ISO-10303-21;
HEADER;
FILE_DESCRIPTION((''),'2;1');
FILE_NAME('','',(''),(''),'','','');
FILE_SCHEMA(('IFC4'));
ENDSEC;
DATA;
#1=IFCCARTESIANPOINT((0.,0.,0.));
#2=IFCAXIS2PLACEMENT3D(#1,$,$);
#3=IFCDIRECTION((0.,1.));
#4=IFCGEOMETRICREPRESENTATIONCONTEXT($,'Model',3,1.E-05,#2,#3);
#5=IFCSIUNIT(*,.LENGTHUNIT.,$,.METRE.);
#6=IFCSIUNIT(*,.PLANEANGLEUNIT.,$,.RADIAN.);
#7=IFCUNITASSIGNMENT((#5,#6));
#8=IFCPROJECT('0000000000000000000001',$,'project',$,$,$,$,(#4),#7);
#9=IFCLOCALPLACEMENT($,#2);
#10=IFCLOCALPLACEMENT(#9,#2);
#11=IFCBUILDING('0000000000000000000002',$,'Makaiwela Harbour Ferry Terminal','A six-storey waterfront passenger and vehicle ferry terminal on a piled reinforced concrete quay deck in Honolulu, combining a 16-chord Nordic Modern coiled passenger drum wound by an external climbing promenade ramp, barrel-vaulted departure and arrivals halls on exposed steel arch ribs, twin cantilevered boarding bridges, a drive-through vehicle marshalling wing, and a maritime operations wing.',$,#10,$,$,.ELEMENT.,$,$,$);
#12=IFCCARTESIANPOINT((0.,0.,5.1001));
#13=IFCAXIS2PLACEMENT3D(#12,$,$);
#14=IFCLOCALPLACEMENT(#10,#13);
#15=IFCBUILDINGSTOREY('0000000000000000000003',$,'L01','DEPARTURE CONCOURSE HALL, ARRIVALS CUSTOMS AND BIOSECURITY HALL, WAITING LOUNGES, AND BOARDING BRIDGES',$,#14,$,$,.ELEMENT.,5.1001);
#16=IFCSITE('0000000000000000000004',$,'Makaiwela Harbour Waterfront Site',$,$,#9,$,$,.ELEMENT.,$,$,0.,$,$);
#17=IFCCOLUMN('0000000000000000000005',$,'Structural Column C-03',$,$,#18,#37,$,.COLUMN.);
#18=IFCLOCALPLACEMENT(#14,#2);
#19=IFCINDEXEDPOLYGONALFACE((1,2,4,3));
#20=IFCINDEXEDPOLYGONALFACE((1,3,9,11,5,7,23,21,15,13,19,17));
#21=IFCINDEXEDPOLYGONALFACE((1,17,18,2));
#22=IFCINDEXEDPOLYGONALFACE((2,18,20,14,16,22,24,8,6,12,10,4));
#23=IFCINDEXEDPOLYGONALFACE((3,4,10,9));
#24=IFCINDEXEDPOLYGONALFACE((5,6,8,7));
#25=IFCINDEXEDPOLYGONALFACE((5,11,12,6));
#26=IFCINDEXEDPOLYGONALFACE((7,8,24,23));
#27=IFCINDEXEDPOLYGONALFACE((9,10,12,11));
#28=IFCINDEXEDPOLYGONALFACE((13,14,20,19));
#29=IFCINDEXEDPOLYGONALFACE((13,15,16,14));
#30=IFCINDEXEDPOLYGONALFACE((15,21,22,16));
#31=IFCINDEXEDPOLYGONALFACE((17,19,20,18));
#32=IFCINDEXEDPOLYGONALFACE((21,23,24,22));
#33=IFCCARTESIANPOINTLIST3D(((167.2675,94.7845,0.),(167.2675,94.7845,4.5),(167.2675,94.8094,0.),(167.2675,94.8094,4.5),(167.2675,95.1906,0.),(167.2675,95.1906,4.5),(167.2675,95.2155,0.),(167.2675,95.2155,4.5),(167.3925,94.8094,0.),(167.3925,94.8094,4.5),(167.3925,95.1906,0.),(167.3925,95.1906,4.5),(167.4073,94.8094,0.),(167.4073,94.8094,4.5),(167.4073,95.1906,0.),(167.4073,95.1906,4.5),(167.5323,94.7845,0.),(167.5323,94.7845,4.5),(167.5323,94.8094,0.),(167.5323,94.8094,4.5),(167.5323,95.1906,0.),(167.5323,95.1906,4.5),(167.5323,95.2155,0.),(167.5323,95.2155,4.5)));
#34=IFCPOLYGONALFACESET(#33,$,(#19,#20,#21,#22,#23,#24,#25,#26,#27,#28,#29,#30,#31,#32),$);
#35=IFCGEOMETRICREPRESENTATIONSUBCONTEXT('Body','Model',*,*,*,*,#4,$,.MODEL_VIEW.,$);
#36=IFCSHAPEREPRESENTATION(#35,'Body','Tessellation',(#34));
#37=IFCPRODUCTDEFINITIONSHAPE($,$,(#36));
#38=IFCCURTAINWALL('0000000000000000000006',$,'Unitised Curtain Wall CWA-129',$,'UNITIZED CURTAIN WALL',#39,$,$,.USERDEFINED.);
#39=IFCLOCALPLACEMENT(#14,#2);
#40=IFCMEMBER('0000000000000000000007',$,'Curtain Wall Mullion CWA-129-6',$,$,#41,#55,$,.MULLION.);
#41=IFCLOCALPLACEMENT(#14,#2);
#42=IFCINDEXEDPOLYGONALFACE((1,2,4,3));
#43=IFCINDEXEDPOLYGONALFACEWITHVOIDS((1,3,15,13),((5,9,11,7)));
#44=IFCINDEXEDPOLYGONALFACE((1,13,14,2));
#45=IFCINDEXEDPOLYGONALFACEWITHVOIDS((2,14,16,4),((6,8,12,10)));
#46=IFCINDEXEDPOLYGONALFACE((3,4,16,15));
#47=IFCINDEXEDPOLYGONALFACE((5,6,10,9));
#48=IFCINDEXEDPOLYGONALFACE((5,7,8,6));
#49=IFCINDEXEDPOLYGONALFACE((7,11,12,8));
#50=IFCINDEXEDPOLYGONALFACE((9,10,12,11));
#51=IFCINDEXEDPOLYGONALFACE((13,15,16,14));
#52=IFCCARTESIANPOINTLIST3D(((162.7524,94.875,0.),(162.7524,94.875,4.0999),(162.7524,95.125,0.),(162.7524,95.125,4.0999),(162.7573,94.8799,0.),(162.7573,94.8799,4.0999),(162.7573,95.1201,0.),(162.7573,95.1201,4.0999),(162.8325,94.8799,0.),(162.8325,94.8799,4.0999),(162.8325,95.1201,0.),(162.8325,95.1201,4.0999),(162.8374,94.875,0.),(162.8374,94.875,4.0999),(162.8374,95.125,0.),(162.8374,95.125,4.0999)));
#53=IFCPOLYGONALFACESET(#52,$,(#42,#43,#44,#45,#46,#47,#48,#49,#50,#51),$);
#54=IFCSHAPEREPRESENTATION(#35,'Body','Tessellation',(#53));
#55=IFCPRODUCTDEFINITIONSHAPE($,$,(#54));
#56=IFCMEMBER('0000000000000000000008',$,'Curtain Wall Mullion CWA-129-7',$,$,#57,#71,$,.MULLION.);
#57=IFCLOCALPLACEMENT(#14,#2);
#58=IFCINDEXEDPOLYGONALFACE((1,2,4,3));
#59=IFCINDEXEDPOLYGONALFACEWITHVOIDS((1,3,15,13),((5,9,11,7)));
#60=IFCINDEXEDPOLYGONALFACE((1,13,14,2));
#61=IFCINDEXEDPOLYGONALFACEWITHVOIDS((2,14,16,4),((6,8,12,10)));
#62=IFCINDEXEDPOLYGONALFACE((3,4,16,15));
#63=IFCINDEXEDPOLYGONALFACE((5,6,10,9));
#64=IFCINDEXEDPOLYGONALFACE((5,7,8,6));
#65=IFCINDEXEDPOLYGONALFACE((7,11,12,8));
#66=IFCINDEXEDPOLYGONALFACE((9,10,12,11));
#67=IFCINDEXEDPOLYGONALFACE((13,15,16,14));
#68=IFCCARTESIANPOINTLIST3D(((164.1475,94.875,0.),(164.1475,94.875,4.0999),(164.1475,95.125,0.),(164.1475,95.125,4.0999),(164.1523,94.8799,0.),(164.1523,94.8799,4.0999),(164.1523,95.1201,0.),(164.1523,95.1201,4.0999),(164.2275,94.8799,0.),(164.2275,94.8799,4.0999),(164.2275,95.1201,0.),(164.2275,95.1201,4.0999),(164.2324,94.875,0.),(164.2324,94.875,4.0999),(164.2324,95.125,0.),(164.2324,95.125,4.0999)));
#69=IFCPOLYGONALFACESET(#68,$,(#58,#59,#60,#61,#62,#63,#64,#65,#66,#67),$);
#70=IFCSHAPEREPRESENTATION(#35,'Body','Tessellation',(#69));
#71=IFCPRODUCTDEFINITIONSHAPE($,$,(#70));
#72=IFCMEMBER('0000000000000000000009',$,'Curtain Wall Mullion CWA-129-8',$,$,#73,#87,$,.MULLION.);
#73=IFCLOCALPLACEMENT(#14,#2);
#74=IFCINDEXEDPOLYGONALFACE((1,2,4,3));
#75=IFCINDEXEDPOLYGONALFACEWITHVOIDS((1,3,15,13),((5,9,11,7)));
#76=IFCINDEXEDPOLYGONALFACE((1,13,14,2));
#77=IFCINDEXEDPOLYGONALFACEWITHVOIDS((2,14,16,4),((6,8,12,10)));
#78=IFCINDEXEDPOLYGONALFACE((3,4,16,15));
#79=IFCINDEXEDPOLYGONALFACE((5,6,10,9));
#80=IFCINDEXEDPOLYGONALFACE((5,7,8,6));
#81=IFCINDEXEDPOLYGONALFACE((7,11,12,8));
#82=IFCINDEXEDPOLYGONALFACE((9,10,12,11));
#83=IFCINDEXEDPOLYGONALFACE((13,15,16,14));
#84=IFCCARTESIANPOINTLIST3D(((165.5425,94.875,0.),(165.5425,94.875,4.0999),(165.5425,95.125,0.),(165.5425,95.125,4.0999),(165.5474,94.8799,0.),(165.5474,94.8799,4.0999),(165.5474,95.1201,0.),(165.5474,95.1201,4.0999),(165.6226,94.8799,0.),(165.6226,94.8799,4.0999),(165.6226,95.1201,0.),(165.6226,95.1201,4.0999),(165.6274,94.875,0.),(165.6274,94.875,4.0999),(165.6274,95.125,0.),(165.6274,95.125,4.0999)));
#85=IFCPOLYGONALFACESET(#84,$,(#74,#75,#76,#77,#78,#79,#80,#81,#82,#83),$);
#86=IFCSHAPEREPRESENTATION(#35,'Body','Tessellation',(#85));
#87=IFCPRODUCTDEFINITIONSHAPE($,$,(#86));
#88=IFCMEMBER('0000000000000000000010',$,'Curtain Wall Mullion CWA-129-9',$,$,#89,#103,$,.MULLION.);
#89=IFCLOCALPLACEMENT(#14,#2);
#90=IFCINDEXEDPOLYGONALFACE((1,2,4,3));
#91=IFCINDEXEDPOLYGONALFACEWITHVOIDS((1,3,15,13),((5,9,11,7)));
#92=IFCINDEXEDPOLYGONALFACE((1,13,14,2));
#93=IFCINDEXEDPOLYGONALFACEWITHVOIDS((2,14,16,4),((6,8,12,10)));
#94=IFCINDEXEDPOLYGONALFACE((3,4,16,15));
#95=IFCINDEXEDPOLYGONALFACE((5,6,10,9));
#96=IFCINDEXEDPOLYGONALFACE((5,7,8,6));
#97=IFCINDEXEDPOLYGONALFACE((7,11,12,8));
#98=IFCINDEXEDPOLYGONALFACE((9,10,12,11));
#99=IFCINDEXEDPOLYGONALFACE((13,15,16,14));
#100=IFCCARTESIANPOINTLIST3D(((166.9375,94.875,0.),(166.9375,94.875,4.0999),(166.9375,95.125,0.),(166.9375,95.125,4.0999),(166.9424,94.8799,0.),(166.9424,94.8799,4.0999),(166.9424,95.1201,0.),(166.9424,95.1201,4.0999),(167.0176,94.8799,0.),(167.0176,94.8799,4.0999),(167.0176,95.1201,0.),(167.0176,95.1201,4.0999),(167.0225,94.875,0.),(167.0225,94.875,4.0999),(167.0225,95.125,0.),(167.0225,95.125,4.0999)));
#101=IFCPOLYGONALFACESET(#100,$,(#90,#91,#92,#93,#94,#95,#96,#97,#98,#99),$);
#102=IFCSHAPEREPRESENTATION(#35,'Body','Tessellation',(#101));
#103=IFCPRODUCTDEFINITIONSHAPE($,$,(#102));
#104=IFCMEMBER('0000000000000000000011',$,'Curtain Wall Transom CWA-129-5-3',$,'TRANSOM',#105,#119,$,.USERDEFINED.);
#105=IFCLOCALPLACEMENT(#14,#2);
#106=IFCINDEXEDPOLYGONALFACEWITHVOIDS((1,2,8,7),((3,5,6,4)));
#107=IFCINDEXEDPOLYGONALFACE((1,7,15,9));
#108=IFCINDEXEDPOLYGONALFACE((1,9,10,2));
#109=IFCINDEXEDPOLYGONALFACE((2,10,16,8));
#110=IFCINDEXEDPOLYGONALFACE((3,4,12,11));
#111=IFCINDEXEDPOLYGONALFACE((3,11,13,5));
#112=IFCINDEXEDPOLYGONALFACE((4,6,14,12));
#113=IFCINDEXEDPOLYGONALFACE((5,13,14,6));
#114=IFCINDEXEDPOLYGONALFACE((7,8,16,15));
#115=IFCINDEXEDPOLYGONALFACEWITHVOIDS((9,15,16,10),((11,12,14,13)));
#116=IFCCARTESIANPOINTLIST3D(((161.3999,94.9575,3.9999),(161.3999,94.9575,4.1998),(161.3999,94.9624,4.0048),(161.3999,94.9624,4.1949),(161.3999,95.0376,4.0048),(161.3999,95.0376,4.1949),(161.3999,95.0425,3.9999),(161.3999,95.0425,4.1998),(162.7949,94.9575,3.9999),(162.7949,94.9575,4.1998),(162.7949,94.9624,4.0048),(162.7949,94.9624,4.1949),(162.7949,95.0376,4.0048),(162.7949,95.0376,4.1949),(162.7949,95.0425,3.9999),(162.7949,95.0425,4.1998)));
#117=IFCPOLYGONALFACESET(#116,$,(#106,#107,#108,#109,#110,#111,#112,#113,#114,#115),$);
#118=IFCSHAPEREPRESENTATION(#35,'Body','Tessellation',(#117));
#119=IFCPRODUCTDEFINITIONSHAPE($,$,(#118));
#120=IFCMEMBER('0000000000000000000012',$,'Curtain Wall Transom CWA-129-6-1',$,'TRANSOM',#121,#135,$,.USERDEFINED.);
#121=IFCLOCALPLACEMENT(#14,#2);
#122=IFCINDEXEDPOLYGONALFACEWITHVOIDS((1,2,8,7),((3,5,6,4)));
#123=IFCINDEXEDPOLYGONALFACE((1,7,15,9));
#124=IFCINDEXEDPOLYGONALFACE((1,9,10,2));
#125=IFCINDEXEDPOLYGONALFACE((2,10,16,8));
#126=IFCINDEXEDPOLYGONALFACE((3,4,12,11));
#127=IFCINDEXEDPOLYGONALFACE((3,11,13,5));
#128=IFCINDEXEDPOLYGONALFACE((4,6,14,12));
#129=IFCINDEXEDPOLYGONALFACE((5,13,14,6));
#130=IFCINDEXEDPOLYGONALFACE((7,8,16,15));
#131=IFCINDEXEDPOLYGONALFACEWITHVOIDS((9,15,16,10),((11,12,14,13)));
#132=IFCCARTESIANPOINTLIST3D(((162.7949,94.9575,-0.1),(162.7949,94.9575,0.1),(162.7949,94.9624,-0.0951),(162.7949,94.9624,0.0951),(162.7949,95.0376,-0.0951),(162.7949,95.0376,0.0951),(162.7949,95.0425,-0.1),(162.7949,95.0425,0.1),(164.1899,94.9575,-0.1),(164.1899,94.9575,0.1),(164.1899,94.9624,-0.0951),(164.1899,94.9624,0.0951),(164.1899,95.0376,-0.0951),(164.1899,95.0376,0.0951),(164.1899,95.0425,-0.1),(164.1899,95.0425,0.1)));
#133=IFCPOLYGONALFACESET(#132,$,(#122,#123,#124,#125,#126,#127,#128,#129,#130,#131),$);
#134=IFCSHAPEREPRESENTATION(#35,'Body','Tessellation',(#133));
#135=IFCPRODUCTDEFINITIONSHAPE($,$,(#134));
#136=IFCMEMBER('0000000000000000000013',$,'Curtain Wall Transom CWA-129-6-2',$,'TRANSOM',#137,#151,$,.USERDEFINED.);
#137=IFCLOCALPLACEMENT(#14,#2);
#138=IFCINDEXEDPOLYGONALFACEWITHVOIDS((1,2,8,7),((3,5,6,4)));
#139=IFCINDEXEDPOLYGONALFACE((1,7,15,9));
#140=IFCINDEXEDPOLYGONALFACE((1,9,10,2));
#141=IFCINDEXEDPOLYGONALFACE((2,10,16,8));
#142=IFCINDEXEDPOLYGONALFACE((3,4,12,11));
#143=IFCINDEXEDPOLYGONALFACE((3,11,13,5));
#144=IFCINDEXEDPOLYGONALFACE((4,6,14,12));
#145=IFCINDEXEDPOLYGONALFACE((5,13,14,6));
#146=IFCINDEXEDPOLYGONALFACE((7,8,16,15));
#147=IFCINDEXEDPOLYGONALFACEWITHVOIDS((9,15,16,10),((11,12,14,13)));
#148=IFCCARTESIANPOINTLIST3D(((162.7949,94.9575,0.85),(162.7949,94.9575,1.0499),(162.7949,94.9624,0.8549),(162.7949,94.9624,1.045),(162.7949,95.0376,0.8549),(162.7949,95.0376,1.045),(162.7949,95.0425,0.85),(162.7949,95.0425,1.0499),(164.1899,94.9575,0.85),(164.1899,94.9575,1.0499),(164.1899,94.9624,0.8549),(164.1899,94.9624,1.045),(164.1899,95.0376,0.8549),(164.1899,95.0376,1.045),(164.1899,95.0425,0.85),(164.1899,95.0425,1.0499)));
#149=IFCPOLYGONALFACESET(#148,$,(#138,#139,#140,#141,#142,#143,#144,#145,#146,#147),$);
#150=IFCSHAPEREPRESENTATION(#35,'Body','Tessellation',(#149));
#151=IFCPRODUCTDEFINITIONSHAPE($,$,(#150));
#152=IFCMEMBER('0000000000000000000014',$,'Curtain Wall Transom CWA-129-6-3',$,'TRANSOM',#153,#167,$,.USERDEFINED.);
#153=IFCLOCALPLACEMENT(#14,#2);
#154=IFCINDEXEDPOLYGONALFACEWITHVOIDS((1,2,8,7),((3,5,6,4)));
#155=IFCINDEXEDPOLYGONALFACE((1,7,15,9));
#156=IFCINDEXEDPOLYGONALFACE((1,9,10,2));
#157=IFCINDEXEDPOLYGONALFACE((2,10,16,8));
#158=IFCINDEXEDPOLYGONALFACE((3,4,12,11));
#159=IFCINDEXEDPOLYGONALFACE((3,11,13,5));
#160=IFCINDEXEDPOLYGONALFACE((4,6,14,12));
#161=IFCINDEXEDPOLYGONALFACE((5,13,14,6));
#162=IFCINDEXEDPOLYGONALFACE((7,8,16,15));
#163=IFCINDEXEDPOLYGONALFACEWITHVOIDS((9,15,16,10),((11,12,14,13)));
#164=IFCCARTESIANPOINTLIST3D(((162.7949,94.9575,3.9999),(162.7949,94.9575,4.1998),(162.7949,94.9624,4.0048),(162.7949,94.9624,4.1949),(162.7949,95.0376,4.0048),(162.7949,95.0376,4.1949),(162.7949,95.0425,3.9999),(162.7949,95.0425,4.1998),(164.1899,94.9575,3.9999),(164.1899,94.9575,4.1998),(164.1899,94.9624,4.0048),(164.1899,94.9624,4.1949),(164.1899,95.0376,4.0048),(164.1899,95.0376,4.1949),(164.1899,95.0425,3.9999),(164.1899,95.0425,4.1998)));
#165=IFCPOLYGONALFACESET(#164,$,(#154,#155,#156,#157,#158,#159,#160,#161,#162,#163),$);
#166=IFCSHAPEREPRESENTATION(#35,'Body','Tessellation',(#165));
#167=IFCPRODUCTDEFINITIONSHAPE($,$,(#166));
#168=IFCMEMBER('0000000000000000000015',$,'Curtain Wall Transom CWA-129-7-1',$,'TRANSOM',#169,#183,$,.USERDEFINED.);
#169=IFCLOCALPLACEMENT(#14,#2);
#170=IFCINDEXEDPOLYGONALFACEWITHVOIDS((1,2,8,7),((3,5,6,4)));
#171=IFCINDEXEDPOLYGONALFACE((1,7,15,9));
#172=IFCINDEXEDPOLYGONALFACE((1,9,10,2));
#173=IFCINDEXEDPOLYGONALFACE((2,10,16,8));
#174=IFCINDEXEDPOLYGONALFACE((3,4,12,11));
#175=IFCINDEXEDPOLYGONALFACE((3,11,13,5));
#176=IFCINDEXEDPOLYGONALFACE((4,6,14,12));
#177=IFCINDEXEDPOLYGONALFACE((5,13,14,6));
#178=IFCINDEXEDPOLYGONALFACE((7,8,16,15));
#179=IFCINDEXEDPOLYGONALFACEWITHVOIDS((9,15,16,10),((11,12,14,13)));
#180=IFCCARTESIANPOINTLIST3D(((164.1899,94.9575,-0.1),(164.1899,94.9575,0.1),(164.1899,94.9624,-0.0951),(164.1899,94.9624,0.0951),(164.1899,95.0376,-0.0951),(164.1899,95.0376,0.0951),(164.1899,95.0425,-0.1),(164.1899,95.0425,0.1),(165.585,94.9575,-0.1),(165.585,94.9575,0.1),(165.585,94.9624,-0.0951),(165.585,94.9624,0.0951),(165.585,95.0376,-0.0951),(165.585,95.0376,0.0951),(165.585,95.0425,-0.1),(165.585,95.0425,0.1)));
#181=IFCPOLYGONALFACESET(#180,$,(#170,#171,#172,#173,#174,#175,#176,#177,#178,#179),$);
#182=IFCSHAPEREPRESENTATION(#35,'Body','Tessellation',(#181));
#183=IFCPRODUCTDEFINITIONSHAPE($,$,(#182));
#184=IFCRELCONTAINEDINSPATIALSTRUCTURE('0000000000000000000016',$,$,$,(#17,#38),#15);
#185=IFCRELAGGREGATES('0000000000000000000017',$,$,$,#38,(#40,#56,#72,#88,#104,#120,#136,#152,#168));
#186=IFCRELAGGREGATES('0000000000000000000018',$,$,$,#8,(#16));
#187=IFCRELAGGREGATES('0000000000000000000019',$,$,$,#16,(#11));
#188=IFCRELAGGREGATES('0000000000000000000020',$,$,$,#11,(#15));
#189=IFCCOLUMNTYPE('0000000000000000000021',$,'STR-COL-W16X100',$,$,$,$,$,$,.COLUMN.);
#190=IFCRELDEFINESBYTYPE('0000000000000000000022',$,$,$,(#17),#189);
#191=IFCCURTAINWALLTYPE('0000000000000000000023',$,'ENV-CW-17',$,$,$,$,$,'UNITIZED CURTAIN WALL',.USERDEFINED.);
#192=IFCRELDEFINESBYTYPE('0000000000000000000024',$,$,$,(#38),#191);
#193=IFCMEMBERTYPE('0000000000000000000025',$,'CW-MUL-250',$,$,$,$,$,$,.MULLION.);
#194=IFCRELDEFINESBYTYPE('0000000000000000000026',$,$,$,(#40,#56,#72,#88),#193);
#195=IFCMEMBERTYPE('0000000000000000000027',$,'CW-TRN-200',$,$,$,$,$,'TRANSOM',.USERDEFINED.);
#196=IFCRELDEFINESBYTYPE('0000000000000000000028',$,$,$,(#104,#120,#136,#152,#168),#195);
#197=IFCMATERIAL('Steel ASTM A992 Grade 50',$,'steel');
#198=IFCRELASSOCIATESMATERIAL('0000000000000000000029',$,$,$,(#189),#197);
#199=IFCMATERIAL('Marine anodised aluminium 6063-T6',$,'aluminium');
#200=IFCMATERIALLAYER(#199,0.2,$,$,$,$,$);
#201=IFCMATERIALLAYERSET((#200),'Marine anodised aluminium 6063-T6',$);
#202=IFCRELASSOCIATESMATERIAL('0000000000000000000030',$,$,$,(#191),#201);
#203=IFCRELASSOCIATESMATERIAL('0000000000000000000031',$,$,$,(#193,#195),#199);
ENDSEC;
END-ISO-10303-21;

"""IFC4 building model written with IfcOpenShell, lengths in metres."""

from ifc_helpers import new_model, si_unit, direction, frame, origin, origin_2d, place, context, subcontext, project, spatial, hollow_rectangle, i_section, extrude, material, layer, layer_set, material_profile, profile_set, type_object, element, aggregate, save


model = new_model("IFC4")

# Units and contexts
model_context = context("Model", 3, precision=1e-05, world=origin(), true_north=direction((0.0, 1.0)))
body_context = subcontext(model_context, "Body", "Model", "MODEL_VIEW")
ifc_project = project(units=[si_unit("LENGTHUNIT", "METRE"), si_unit("PLANEANGLEUNIT", "RADIAN")], contexts=[model_context])

# Site, building, storey
site_placement = place(None, origin())
site = spatial("IfcSite", under=ifc_project, at=site_placement, Name="Makaiwela Harbour Waterfront Site", CompositionType="ELEMENT", RefElevation=0.0)
building_placement = place(site_placement, origin())
building = spatial("IfcBuilding", under=site, at=building_placement, Name="Makaiwela Harbour Ferry Terminal", Description="A six-storey waterfront passenger and vehicle ferry terminal on a piled reinforced concrete quay deck in Honolulu, combining a 16-chord Nordic Modern coiled passenger drum wound by an external climbing promenade ramp, barrel-vaulted departure and arrivals halls on exposed steel arch ribs, twin cantilevered boarding bridges, a drive-through vehicle marshalling wing, and a maritime operations wing.", CompositionType="ELEMENT")
storey_placement = place(building_placement, frame((0.0, 0.0, 5.1001)))
storey = spatial("IfcBuildingStorey", under=building, at=storey_placement, Name="L01", Description="DEPARTURE CONCOURSE HALL, ARRIVALS CUSTOMS AND BIOSECURITY HALL, WAITING LOUNGES, AND BOARDING BRIDGES", CompositionType="ELEMENT", Elevation=5.1001)

# Column
ifc_material_1 = material(Name="Steel ASTM A992 Grade 50", Category="steel")
ifc_material_profile_1 = material_profile(ifc_material_1, i_section(OverallWidth=0.2649, OverallDepth=0.4309, WebThickness=0.0149, FlangeThickness=0.0249, at=origin_2d()), Name="W16X100")
ifc_profile_set_1 = profile_set([ifc_material_profile_1], Name="Steel ASTM A992 Grade 50")
column_type = type_object("IfcColumnType", Name="STR-COL-W16X100", PredefinedType="COLUMN", material=ifc_profile_set_1)
column_placement = place(storey_placement, frame((167.3999, 95.0, 0.0), z_axis=(0.0, 0.0, 1.0), x_axis=(1.0, 0.0, 0.0)))
element("IfcColumn", 1, at=column_placement, inside=storey, type_object=column_type, Name="Structural Column C-03", PredefinedType="COLUMN", context=body_context, shape_type="SweptSolid", body=[
    extrude(i_section(OverallWidth=0.2649, OverallDepth=0.4309, WebThickness=0.0149, FlangeThickness=0.0249, at=origin_2d()), origin(), (0.0, 0.0, 1.0), 4.5),
])

# Curtain wall, members
ifc_material_2 = material(Name="Marine anodised aluminium 6063-T6", Category="aluminium")
ifc_layer_1 = layer(ifc_material_2, 0.2)
ifc_layer_set_1 = layer_set([ifc_layer_1], Name="Marine anodised aluminium 6063-T6")
curtain_wall_type = type_object("IfcCurtainWallType", Name="ENV-CW-17", ElementType="UNITIZED CURTAIN WALL", PredefinedType="USERDEFINED", material=ifc_layer_set_1)
curtain_wall_placement = place(storey_placement, origin())
curtain_wall = element("IfcCurtainWall", 2, at=curtain_wall_placement, inside=storey, type_object=curtain_wall_type, Name="Unitised Curtain Wall CWA-129", ObjectType="UNITIZED CURTAIN WALL", PredefinedType="USERDEFINED")
ifc_material_profile_2 = material_profile(ifc_material_2, hollow_rectangle(XDim=0.085, YDim=0.25, WallThickness=0.0049, at=origin_2d()), Name="CWM-250X85")
ifc_profile_set_2 = profile_set([ifc_material_profile_2], Name="Marine anodised aluminium 6063-T6")
member_type_1 = type_object("IfcMemberType", Name="CW-MUL-250", PredefinedType="MULLION", material=ifc_profile_set_2)
member_1_placement = place(storey_placement, frame((162.7949, 95.0, 0.0), z_axis=(0.0, 0.0, 1.0), x_axis=(1.0, 0.0, 0.0)))
member_1 = element("IfcMember", 3, at=member_1_placement, type_object=member_type_1, Name="Curtain Wall Mullion CWA-129-6", PredefinedType="MULLION", context=body_context, shape_type="SweptSolid", body=[
    extrude(hollow_rectangle(XDim=0.085, YDim=0.25, WallThickness=0.0049, at=origin_2d()), origin(), (0.0, 0.0, 1.0), 4.0999),
])
member_2_placement = place(storey_placement, frame((164.1899, 95.0, 0.0), z_axis=(0.0, 0.0, 1.0), x_axis=(1.0, 0.0, 0.0)))
member_2 = element("IfcMember", 4, at=member_2_placement, type_object=member_type_1, Name="Curtain Wall Mullion CWA-129-7", PredefinedType="MULLION", context=body_context, shape_type="SweptSolid", body=[
    extrude(hollow_rectangle(XDim=0.085, YDim=0.25, WallThickness=0.0049, at=origin_2d()), origin(), (0.0, 0.0, 1.0), 4.0999),
])
member_3_placement = place(storey_placement, frame((165.585, 95.0, 0.0), z_axis=(0.0, 0.0, 1.0), x_axis=(1.0, 0.0, 0.0)))
member_3 = element("IfcMember", 5, at=member_3_placement, type_object=member_type_1, Name="Curtain Wall Mullion CWA-129-8", PredefinedType="MULLION", context=body_context, shape_type="SweptSolid", body=[
    extrude(hollow_rectangle(XDim=0.085, YDim=0.25, WallThickness=0.0049, at=origin_2d()), origin(), (0.0, 0.0, 1.0), 4.0999),
])
member_4_placement = place(storey_placement, frame((166.98, 95.0, 0.0), z_axis=(0.0, 0.0, 1.0), x_axis=(1.0, 0.0, 0.0)))
member_4 = element("IfcMember", 6, at=member_4_placement, type_object=member_type_1, Name="Curtain Wall Mullion CWA-129-9", PredefinedType="MULLION", context=body_context, shape_type="SweptSolid", body=[
    extrude(hollow_rectangle(XDim=0.085, YDim=0.25, WallThickness=0.0049, at=origin_2d()), origin(), (0.0, 0.0, 1.0), 4.0999),
])
ifc_material_profile_3 = material_profile(ifc_material_2, hollow_rectangle(XDim=0.085, YDim=0.2, WallThickness=0.0049, at=origin_2d()), Name="CWT-200X85")
ifc_profile_set_3 = profile_set([ifc_material_profile_3], Name="Marine anodised aluminium 6063-T6")
member_type_2 = type_object("IfcMemberType", Name="CW-TRN-200", ElementType="TRANSOM", PredefinedType="USERDEFINED", material=ifc_profile_set_3)
member_5_placement = place(storey_placement, frame((161.3999, 95.0, 4.0999), z_axis=(1.0, 0.0, 0.0), x_axis=(0.0, 1.0, 0.0)))
member_5 = element("IfcMember", 7, at=member_5_placement, type_object=member_type_2, Name="Curtain Wall Transom CWA-129-5-3", ObjectType="TRANSOM", PredefinedType="USERDEFINED", context=body_context, shape_type="SweptSolid", body=[
    extrude(hollow_rectangle(XDim=0.085, YDim=0.2, WallThickness=0.0049, at=origin_2d()), origin(), (0.0, 0.0, 1.0), 1.395),
])
member_6_placement = place(storey_placement, frame((162.7949, 95.0, 0.0), z_axis=(1.0, 0.0, 0.0), x_axis=(0.0, 1.0, 0.0)))
member_6 = element("IfcMember", 8, at=member_6_placement, type_object=member_type_2, Name="Curtain Wall Transom CWA-129-6-1", ObjectType="TRANSOM", PredefinedType="USERDEFINED", context=body_context, shape_type="SweptSolid", body=[
    extrude(hollow_rectangle(XDim=0.085, YDim=0.2, WallThickness=0.0049, at=origin_2d()), origin(), (0.0, 0.0, 1.0), 1.395),
])
member_7_placement = place(storey_placement, frame((162.7949, 95.0, 0.95), z_axis=(1.0, 0.0, 0.0), x_axis=(0.0, 1.0, 0.0)))
member_7 = element("IfcMember", 9, at=member_7_placement, type_object=member_type_2, Name="Curtain Wall Transom CWA-129-6-2", ObjectType="TRANSOM", PredefinedType="USERDEFINED", context=body_context, shape_type="SweptSolid", body=[
    extrude(hollow_rectangle(XDim=0.085, YDim=0.2, WallThickness=0.0049, at=origin_2d()), origin(), (0.0, 0.0, 1.0), 1.395),
])
member_8_placement = place(storey_placement, frame((162.7949, 95.0, 4.0999), z_axis=(1.0, 0.0, 0.0), x_axis=(0.0, 1.0, 0.0)))
member_8 = element("IfcMember", 10, at=member_8_placement, type_object=member_type_2, Name="Curtain Wall Transom CWA-129-6-3", ObjectType="TRANSOM", PredefinedType="USERDEFINED", context=body_context, shape_type="SweptSolid", body=[
    extrude(hollow_rectangle(XDim=0.085, YDim=0.2, WallThickness=0.0049, at=origin_2d()), origin(), (0.0, 0.0, 1.0), 1.395),
])
member_9_placement = place(storey_placement, frame((164.1899, 95.0, 0.0), z_axis=(1.0, 0.0, 0.0), x_axis=(0.0, 1.0, 0.0)))
member_9 = element("IfcMember", 11, at=member_9_placement, type_object=member_type_2, Name="Curtain Wall Transom CWA-129-7-1", ObjectType="TRANSOM", PredefinedType="USERDEFINED", context=body_context, shape_type="SweptSolid", body=[
    extrude(hollow_rectangle(XDim=0.085, YDim=0.2, WallThickness=0.0049, at=origin_2d()), origin(), (0.0, 0.0, 1.0), 1.395),
])

aggregate(curtain_wall, [member_1, member_2, member_3, member_4, member_5, member_6, member_7, member_8, member_9])

save(model, "model.ifc")
